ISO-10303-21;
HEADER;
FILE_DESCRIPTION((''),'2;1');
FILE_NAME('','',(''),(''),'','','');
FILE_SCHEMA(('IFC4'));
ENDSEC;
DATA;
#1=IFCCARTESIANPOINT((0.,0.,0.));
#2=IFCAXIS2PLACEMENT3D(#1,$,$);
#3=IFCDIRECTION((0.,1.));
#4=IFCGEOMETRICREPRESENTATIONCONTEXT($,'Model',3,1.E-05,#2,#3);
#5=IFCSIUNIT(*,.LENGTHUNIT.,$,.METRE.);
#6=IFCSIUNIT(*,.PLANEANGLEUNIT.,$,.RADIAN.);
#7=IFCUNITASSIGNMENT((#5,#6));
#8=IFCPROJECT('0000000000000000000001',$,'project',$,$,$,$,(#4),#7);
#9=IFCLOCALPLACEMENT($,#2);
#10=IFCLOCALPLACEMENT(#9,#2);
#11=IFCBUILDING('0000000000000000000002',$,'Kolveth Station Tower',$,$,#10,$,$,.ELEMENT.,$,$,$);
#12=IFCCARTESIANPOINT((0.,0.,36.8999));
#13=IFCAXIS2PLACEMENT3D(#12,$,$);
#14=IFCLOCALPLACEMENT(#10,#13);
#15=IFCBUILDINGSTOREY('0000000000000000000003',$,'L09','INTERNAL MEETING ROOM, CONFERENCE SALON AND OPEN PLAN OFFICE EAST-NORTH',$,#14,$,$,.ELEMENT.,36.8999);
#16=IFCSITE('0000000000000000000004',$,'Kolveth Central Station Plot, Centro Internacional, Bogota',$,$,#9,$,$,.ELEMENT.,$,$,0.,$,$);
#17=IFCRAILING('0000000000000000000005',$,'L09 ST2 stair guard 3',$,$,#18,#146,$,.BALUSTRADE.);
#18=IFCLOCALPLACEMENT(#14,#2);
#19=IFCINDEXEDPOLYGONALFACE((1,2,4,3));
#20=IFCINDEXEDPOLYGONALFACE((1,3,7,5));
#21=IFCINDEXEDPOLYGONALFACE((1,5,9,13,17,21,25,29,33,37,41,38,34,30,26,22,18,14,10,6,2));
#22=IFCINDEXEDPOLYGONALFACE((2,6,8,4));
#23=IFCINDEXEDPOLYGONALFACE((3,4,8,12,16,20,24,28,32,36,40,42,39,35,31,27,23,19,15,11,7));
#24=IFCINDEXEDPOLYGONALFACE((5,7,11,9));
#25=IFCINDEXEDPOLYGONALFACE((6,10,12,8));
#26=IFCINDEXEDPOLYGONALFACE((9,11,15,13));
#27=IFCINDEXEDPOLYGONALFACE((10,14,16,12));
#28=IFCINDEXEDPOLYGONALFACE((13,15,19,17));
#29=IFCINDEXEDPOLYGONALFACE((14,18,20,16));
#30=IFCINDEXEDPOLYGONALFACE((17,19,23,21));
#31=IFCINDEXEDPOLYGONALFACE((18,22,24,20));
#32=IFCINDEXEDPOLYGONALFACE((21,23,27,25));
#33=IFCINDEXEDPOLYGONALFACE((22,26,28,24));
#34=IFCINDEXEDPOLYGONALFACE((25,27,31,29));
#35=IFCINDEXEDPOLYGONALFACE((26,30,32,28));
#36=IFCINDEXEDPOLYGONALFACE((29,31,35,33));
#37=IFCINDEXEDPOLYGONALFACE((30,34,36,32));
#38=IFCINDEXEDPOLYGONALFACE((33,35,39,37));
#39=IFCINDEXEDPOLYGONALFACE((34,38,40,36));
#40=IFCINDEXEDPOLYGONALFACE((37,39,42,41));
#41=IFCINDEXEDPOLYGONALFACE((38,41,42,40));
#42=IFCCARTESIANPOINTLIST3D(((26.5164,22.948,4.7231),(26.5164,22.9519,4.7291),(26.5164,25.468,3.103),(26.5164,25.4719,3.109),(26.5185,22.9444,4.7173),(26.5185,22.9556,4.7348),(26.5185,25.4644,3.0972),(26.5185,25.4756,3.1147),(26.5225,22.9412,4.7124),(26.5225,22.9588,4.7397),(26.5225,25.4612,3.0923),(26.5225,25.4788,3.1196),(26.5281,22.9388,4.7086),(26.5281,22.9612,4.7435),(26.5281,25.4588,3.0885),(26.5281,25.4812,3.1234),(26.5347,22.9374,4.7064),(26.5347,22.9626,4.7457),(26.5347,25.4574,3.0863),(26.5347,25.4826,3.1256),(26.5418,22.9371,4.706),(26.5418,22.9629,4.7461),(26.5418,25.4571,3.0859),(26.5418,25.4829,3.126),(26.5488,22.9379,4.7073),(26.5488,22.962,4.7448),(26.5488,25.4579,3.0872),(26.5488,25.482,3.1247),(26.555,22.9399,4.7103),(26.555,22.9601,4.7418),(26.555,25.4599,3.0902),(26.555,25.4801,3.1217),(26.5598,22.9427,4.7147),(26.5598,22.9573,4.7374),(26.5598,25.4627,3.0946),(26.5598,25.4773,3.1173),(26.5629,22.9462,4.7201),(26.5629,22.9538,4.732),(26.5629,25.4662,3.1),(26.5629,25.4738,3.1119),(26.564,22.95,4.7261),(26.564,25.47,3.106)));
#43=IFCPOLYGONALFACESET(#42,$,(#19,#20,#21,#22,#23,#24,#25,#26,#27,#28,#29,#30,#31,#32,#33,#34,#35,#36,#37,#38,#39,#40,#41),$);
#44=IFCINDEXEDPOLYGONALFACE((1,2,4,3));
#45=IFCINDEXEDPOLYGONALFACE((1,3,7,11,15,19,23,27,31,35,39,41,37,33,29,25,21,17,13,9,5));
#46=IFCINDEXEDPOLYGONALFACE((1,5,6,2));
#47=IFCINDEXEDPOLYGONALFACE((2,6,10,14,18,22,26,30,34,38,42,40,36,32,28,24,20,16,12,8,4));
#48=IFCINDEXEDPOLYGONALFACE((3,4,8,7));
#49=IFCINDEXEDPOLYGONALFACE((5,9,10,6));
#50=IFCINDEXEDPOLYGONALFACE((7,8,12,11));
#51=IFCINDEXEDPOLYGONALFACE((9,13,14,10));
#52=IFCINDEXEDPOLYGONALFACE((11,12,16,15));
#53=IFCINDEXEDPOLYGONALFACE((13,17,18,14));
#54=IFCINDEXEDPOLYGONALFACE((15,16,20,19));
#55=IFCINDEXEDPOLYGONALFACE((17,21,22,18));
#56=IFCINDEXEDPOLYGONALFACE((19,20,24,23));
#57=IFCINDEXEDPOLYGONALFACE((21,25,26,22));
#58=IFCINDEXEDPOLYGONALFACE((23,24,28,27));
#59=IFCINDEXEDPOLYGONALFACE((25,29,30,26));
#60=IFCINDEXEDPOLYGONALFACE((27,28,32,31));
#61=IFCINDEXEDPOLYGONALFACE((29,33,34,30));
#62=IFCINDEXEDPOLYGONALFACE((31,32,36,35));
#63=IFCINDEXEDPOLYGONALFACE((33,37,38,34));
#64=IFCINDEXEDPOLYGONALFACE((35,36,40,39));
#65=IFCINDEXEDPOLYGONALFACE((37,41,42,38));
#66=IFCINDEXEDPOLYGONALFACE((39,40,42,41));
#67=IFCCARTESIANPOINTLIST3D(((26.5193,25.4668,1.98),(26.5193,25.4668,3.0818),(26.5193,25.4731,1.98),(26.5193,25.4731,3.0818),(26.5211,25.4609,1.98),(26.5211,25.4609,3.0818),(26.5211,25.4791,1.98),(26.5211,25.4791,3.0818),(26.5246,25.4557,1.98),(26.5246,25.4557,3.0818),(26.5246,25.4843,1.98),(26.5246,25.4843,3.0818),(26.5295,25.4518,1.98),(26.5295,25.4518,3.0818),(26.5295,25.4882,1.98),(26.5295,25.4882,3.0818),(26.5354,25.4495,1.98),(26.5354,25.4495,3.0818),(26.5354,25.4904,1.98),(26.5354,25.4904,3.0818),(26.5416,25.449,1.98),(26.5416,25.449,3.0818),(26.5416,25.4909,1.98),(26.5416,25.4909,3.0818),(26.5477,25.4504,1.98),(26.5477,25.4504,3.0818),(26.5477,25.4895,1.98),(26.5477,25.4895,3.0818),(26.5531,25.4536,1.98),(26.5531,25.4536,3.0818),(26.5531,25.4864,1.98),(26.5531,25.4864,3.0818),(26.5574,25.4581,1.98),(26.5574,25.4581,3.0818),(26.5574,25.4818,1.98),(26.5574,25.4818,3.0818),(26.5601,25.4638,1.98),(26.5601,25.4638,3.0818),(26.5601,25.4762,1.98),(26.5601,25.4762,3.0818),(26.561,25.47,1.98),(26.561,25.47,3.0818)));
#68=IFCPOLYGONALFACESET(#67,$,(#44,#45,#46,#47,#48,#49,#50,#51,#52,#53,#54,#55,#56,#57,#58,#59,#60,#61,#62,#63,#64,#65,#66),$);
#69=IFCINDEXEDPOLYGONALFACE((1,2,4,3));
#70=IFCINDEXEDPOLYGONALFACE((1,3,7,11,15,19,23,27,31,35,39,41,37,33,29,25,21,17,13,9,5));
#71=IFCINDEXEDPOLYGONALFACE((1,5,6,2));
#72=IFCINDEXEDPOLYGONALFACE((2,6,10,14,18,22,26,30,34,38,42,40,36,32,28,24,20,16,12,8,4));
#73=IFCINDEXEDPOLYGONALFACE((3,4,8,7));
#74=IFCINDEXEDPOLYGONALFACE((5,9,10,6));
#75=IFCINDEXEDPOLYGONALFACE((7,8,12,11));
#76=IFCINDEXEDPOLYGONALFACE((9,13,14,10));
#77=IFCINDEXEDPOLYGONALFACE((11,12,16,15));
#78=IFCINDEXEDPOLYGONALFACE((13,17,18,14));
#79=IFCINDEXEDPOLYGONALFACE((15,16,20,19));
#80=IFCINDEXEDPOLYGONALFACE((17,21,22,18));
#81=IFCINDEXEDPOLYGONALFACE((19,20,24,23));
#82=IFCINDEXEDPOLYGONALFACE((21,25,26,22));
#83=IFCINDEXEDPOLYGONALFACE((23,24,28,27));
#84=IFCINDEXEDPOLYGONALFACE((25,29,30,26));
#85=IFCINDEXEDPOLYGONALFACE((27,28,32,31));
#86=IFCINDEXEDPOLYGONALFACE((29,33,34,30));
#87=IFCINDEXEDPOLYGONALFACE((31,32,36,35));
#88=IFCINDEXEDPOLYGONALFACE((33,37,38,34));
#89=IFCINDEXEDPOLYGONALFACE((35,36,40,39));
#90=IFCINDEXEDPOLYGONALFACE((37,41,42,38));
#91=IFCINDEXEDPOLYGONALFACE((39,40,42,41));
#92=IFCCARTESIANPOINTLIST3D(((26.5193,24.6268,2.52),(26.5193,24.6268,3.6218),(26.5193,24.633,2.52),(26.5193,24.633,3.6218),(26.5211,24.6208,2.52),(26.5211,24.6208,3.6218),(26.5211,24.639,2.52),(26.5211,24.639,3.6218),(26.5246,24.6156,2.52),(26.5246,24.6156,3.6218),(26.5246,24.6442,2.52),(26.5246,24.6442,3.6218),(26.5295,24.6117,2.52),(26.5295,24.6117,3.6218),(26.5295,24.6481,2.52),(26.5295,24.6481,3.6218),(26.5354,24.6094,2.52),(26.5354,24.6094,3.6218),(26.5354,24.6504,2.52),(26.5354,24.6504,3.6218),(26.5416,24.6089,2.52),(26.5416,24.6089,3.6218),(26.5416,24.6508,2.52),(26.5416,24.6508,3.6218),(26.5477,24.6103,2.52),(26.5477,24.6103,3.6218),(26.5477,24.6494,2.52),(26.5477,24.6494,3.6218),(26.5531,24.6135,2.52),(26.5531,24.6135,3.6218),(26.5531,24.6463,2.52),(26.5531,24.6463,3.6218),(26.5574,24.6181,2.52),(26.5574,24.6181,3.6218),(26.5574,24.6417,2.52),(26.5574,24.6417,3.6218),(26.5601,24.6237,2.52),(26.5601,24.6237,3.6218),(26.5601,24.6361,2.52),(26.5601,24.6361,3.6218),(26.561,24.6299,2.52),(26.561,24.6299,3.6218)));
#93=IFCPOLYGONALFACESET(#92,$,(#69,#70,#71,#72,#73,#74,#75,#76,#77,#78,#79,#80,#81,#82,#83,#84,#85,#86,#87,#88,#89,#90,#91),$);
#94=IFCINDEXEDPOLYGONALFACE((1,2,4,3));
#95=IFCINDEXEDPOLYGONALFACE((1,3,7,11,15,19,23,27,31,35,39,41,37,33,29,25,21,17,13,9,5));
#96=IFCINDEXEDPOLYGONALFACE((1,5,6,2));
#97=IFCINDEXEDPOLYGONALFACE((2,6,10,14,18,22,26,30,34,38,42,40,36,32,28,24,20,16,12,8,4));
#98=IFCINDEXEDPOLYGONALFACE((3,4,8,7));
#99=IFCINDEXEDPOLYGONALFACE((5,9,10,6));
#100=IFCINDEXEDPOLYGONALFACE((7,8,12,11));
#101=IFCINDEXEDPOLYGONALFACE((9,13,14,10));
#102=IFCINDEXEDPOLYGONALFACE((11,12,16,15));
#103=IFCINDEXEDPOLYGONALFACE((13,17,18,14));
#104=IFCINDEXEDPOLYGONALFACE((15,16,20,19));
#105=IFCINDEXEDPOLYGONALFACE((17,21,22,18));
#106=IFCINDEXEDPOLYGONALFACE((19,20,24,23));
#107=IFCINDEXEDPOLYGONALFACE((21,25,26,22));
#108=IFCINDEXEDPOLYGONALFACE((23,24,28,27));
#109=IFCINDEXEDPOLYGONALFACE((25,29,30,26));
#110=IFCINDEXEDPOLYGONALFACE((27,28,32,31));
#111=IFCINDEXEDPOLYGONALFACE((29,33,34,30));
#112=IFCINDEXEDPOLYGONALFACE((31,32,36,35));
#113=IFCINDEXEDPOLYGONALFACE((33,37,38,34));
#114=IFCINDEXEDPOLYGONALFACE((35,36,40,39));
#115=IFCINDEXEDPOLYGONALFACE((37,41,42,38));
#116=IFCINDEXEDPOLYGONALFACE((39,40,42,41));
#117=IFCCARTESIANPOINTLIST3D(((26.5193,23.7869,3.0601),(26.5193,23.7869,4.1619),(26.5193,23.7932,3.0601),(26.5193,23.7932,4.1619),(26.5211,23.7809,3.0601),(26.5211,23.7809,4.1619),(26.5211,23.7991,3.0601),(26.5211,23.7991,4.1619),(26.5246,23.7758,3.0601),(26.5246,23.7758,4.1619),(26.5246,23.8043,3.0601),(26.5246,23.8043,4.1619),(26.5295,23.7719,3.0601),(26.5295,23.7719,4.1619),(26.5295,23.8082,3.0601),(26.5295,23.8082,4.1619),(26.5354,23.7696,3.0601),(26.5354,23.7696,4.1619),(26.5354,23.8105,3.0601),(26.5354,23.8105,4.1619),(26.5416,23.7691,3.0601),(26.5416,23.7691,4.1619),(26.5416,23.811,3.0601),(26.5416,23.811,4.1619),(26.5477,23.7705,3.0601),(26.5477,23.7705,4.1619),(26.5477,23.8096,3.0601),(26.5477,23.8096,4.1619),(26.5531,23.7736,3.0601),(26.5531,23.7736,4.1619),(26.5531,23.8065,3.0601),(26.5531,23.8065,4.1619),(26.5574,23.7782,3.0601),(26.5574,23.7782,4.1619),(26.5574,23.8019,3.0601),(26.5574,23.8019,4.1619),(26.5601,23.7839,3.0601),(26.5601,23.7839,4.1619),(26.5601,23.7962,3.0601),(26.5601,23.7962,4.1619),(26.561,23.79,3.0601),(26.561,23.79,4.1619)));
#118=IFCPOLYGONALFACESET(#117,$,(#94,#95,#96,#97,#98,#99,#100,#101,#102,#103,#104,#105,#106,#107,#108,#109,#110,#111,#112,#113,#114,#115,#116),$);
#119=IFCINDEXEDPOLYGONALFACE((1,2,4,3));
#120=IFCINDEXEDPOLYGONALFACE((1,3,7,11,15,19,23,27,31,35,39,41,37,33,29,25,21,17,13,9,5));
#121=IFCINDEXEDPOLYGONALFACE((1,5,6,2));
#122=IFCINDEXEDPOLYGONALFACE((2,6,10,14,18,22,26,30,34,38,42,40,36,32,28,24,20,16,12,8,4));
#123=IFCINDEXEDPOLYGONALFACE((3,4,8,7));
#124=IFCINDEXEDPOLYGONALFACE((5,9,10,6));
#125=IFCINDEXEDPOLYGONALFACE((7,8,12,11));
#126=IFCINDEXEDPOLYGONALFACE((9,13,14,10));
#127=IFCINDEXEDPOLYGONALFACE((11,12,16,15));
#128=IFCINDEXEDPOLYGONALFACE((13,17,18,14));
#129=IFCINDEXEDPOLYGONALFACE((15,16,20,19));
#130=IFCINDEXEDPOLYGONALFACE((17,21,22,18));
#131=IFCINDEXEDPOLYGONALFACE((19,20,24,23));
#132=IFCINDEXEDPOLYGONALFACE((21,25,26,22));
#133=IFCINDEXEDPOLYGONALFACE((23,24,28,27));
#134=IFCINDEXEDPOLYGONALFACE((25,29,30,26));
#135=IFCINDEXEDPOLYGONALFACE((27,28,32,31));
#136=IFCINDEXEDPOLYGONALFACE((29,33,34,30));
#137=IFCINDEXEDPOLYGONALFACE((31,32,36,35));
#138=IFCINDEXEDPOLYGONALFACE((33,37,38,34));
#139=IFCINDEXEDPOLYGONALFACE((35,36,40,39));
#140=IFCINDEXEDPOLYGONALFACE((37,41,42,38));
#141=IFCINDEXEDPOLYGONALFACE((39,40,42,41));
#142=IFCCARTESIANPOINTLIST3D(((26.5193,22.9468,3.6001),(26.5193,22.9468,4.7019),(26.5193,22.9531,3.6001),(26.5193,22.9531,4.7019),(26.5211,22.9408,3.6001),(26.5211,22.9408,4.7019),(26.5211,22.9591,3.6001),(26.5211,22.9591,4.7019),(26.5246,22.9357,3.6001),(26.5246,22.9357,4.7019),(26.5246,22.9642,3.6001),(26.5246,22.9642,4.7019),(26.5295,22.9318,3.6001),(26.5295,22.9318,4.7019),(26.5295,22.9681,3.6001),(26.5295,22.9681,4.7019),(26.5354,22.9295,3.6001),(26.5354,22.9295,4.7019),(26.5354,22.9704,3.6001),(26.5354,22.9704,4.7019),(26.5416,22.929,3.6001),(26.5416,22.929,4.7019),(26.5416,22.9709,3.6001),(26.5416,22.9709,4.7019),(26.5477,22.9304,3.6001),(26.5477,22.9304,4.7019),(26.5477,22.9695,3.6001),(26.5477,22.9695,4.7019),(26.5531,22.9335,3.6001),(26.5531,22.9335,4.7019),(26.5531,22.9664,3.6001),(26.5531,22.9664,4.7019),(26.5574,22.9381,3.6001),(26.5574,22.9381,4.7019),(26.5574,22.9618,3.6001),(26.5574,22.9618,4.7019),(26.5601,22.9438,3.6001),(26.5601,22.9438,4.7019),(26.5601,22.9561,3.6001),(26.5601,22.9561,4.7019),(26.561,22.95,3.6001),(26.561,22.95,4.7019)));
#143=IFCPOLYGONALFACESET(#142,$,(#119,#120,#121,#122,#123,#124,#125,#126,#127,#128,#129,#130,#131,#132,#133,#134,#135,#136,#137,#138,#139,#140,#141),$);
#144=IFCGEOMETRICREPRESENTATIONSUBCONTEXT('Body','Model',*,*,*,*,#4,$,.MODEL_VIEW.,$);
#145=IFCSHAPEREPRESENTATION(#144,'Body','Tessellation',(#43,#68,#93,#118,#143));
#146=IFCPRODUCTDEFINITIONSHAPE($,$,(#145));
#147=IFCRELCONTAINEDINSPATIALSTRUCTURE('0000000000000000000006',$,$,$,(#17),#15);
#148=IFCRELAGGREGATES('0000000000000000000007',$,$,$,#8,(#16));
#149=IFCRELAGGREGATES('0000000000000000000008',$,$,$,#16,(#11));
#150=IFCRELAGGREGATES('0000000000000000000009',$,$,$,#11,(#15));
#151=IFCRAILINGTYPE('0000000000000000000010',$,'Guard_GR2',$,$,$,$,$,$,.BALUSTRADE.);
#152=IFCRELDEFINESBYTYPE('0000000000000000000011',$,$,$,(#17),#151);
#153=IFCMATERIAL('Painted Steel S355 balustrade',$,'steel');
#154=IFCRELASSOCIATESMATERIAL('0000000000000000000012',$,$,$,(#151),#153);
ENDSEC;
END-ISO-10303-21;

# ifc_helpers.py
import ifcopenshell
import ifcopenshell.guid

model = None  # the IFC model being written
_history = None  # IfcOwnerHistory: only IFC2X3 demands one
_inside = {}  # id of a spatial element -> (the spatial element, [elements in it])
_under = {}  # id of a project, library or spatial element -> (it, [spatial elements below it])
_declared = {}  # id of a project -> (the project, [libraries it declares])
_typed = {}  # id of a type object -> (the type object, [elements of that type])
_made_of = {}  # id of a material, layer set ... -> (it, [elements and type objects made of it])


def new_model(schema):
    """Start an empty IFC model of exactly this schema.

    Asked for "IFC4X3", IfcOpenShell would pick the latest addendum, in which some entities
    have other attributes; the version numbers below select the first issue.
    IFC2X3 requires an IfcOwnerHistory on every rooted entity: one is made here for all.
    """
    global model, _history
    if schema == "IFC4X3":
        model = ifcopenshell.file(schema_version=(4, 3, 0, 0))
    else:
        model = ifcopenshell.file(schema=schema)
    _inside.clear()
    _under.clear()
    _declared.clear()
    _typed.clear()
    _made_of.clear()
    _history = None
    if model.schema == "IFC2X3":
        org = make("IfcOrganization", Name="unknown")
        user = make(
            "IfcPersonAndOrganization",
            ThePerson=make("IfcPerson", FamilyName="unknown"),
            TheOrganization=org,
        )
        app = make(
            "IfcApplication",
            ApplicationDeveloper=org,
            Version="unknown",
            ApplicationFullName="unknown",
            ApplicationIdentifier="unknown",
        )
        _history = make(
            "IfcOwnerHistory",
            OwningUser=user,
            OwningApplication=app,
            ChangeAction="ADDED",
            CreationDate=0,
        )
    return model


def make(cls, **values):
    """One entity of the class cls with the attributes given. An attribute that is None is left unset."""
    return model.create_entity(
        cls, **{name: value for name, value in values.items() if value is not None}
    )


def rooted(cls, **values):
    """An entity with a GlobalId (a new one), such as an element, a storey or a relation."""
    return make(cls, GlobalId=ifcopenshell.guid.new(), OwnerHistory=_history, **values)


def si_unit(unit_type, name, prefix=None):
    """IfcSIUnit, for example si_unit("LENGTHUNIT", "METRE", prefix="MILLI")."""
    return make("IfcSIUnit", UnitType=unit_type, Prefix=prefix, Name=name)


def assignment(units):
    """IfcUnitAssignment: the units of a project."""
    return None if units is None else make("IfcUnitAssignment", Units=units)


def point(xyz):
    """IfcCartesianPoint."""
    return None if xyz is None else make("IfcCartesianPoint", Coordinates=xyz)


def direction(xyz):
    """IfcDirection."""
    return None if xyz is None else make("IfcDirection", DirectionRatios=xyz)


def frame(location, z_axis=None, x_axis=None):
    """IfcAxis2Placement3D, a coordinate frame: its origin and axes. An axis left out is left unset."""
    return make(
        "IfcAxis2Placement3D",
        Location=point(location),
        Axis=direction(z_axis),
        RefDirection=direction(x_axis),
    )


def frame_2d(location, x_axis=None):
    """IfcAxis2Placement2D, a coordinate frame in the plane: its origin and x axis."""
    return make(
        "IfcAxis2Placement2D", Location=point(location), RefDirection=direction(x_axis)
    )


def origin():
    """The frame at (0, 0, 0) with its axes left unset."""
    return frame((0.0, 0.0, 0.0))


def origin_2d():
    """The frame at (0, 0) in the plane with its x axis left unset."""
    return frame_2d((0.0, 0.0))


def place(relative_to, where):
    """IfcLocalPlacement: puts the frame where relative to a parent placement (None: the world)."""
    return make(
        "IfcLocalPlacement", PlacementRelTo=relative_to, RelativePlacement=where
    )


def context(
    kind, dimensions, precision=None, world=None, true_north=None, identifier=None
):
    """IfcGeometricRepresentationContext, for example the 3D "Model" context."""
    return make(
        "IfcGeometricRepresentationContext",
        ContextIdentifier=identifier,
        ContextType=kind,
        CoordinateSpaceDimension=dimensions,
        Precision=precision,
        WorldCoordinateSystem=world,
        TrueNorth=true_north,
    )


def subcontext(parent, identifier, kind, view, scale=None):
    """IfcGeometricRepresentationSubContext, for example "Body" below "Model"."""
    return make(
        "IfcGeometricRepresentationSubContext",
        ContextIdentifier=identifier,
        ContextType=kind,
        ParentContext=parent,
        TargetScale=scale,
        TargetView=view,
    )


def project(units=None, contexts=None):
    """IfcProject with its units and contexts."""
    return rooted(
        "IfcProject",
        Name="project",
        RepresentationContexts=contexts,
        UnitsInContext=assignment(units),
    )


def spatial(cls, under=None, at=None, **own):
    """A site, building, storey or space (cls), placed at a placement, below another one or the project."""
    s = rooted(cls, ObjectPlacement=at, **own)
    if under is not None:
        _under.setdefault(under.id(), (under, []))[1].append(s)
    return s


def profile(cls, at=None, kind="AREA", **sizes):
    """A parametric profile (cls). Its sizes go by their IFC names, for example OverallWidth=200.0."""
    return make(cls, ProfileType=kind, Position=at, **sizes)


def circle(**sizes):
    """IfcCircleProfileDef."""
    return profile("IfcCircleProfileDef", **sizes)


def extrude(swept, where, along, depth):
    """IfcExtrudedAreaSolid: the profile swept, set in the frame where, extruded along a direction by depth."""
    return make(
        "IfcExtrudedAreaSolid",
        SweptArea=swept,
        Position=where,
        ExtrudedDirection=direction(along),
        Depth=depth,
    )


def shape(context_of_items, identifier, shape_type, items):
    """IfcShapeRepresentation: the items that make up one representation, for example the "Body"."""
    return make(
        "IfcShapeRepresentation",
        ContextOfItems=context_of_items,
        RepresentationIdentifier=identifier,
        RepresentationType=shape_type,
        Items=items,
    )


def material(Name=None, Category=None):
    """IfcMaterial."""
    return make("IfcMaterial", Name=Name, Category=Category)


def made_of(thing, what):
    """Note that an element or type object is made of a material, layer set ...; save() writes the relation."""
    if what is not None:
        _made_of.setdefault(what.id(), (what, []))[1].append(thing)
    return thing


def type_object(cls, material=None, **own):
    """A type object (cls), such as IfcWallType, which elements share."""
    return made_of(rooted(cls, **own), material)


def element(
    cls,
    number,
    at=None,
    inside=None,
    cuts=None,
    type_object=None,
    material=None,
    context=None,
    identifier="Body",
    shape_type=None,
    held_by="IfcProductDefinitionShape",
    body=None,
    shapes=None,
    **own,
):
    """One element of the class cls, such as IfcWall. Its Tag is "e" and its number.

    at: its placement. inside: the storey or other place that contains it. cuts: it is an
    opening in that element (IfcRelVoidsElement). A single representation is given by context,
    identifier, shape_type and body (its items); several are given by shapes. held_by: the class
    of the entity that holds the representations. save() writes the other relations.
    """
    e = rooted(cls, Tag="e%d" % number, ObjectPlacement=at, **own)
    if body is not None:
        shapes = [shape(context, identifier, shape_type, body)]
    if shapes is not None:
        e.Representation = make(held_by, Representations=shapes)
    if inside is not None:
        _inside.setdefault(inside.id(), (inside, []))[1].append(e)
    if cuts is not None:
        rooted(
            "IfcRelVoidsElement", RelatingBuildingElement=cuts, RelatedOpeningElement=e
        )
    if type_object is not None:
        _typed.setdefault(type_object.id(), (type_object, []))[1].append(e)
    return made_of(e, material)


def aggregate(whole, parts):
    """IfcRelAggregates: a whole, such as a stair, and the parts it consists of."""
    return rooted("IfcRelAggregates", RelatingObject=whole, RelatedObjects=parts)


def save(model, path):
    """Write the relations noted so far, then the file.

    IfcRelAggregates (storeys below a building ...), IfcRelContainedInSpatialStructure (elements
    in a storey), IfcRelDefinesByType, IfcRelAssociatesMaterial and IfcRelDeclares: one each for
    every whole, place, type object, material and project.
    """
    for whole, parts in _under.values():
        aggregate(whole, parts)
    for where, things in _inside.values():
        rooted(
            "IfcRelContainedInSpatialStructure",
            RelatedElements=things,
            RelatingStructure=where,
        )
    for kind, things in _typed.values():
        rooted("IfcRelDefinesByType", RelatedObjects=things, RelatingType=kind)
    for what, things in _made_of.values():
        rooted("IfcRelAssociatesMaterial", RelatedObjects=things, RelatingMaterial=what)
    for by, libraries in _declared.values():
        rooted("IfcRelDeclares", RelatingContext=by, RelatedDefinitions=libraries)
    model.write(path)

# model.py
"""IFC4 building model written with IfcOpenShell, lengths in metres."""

from ifc_helpers import new_model, si_unit, direction, frame, origin, origin_2d, place, context, subcontext, project, spatial, circle, extrude, material, type_object, element, save


model = new_model("IFC4")

# Units and contexts
model_context = context("Model", 3, precision=1e-05, world=origin(), true_north=direction((0.0, 1.0)))
body_context = subcontext(model_context, "Body", "Model", "MODEL_VIEW")
ifc_project = project(units=[si_unit("LENGTHUNIT", "METRE"), si_unit("PLANEANGLEUNIT", "RADIAN")], contexts=[model_context])

# Site, building, storey
site_placement = place(None, origin())
site = spatial("IfcSite", under=ifc_project, at=site_placement, Name="Kolveth Central Station Plot, Centro Internacional, Bogota", CompositionType="ELEMENT", RefElevation=0.0)
building_placement = place(site_placement, origin())
building = spatial("IfcBuilding", under=site, at=building_placement, Name="Kolveth Station Tower", CompositionType="ELEMENT")
storey_placement = place(building_placement, frame((0.0, 0.0, 36.8999)))
storey = spatial("IfcBuildingStorey", under=building, at=storey_placement, Name="L09", Description="INTERNAL MEETING ROOM, CONFERENCE SALON AND OPEN PLAN OFFICE EAST-NORTH", CompositionType="ELEMENT", Elevation=36.8999)

# Railing
ifc_material_1 = material(Name="Painted Steel S355 balustrade", Category="steel")
railing_type_1 = type_object("IfcRailingType", Name="Guard_GR2", PredefinedType="BALUSTRADE", material=ifc_material_1)
railing_1_placement = place(storey_placement, frame((26.54, 25.47, 1.98)))
element("IfcRailing", 1, at=railing_1_placement, inside=storey, type_object=railing_type_1, Name="L09 ST2 stair guard 3", PredefinedType="BALUSTRADE", context=body_context, shape_type="SweptSolid", body=[
    extrude(circle(Radius=0.0239, at=origin_2d()), frame((0.0, 0.0, 1.126), z_axis=(0.0, -0.841163, 0.540782), x_axis=(1.0, 0.0, 0.0)), (0.0, 0.0, 1.0), 2.9958),
    extrude(circle(Radius=0.021, at=origin_2d()), origin(), (0.0, 0.0, 1.0), 1.1018),
    extrude(circle(Radius=0.021, at=origin_2d()), frame((0.0, -0.8401, 0.54)), (0.0, 0.0, 1.0), 1.1018),
    extrude(circle(Radius=0.021, at=origin_2d()), frame((0.0, -1.6799, 1.0801)), (0.0, 0.0, 1.0), 1.1018),
    extrude(circle(Radius=0.021, at=origin_2d()), frame((0.0, -2.52, 1.6201)), (0.0, 0.0, 1.0), 1.1018),
])

save(model, "model.ifc")
